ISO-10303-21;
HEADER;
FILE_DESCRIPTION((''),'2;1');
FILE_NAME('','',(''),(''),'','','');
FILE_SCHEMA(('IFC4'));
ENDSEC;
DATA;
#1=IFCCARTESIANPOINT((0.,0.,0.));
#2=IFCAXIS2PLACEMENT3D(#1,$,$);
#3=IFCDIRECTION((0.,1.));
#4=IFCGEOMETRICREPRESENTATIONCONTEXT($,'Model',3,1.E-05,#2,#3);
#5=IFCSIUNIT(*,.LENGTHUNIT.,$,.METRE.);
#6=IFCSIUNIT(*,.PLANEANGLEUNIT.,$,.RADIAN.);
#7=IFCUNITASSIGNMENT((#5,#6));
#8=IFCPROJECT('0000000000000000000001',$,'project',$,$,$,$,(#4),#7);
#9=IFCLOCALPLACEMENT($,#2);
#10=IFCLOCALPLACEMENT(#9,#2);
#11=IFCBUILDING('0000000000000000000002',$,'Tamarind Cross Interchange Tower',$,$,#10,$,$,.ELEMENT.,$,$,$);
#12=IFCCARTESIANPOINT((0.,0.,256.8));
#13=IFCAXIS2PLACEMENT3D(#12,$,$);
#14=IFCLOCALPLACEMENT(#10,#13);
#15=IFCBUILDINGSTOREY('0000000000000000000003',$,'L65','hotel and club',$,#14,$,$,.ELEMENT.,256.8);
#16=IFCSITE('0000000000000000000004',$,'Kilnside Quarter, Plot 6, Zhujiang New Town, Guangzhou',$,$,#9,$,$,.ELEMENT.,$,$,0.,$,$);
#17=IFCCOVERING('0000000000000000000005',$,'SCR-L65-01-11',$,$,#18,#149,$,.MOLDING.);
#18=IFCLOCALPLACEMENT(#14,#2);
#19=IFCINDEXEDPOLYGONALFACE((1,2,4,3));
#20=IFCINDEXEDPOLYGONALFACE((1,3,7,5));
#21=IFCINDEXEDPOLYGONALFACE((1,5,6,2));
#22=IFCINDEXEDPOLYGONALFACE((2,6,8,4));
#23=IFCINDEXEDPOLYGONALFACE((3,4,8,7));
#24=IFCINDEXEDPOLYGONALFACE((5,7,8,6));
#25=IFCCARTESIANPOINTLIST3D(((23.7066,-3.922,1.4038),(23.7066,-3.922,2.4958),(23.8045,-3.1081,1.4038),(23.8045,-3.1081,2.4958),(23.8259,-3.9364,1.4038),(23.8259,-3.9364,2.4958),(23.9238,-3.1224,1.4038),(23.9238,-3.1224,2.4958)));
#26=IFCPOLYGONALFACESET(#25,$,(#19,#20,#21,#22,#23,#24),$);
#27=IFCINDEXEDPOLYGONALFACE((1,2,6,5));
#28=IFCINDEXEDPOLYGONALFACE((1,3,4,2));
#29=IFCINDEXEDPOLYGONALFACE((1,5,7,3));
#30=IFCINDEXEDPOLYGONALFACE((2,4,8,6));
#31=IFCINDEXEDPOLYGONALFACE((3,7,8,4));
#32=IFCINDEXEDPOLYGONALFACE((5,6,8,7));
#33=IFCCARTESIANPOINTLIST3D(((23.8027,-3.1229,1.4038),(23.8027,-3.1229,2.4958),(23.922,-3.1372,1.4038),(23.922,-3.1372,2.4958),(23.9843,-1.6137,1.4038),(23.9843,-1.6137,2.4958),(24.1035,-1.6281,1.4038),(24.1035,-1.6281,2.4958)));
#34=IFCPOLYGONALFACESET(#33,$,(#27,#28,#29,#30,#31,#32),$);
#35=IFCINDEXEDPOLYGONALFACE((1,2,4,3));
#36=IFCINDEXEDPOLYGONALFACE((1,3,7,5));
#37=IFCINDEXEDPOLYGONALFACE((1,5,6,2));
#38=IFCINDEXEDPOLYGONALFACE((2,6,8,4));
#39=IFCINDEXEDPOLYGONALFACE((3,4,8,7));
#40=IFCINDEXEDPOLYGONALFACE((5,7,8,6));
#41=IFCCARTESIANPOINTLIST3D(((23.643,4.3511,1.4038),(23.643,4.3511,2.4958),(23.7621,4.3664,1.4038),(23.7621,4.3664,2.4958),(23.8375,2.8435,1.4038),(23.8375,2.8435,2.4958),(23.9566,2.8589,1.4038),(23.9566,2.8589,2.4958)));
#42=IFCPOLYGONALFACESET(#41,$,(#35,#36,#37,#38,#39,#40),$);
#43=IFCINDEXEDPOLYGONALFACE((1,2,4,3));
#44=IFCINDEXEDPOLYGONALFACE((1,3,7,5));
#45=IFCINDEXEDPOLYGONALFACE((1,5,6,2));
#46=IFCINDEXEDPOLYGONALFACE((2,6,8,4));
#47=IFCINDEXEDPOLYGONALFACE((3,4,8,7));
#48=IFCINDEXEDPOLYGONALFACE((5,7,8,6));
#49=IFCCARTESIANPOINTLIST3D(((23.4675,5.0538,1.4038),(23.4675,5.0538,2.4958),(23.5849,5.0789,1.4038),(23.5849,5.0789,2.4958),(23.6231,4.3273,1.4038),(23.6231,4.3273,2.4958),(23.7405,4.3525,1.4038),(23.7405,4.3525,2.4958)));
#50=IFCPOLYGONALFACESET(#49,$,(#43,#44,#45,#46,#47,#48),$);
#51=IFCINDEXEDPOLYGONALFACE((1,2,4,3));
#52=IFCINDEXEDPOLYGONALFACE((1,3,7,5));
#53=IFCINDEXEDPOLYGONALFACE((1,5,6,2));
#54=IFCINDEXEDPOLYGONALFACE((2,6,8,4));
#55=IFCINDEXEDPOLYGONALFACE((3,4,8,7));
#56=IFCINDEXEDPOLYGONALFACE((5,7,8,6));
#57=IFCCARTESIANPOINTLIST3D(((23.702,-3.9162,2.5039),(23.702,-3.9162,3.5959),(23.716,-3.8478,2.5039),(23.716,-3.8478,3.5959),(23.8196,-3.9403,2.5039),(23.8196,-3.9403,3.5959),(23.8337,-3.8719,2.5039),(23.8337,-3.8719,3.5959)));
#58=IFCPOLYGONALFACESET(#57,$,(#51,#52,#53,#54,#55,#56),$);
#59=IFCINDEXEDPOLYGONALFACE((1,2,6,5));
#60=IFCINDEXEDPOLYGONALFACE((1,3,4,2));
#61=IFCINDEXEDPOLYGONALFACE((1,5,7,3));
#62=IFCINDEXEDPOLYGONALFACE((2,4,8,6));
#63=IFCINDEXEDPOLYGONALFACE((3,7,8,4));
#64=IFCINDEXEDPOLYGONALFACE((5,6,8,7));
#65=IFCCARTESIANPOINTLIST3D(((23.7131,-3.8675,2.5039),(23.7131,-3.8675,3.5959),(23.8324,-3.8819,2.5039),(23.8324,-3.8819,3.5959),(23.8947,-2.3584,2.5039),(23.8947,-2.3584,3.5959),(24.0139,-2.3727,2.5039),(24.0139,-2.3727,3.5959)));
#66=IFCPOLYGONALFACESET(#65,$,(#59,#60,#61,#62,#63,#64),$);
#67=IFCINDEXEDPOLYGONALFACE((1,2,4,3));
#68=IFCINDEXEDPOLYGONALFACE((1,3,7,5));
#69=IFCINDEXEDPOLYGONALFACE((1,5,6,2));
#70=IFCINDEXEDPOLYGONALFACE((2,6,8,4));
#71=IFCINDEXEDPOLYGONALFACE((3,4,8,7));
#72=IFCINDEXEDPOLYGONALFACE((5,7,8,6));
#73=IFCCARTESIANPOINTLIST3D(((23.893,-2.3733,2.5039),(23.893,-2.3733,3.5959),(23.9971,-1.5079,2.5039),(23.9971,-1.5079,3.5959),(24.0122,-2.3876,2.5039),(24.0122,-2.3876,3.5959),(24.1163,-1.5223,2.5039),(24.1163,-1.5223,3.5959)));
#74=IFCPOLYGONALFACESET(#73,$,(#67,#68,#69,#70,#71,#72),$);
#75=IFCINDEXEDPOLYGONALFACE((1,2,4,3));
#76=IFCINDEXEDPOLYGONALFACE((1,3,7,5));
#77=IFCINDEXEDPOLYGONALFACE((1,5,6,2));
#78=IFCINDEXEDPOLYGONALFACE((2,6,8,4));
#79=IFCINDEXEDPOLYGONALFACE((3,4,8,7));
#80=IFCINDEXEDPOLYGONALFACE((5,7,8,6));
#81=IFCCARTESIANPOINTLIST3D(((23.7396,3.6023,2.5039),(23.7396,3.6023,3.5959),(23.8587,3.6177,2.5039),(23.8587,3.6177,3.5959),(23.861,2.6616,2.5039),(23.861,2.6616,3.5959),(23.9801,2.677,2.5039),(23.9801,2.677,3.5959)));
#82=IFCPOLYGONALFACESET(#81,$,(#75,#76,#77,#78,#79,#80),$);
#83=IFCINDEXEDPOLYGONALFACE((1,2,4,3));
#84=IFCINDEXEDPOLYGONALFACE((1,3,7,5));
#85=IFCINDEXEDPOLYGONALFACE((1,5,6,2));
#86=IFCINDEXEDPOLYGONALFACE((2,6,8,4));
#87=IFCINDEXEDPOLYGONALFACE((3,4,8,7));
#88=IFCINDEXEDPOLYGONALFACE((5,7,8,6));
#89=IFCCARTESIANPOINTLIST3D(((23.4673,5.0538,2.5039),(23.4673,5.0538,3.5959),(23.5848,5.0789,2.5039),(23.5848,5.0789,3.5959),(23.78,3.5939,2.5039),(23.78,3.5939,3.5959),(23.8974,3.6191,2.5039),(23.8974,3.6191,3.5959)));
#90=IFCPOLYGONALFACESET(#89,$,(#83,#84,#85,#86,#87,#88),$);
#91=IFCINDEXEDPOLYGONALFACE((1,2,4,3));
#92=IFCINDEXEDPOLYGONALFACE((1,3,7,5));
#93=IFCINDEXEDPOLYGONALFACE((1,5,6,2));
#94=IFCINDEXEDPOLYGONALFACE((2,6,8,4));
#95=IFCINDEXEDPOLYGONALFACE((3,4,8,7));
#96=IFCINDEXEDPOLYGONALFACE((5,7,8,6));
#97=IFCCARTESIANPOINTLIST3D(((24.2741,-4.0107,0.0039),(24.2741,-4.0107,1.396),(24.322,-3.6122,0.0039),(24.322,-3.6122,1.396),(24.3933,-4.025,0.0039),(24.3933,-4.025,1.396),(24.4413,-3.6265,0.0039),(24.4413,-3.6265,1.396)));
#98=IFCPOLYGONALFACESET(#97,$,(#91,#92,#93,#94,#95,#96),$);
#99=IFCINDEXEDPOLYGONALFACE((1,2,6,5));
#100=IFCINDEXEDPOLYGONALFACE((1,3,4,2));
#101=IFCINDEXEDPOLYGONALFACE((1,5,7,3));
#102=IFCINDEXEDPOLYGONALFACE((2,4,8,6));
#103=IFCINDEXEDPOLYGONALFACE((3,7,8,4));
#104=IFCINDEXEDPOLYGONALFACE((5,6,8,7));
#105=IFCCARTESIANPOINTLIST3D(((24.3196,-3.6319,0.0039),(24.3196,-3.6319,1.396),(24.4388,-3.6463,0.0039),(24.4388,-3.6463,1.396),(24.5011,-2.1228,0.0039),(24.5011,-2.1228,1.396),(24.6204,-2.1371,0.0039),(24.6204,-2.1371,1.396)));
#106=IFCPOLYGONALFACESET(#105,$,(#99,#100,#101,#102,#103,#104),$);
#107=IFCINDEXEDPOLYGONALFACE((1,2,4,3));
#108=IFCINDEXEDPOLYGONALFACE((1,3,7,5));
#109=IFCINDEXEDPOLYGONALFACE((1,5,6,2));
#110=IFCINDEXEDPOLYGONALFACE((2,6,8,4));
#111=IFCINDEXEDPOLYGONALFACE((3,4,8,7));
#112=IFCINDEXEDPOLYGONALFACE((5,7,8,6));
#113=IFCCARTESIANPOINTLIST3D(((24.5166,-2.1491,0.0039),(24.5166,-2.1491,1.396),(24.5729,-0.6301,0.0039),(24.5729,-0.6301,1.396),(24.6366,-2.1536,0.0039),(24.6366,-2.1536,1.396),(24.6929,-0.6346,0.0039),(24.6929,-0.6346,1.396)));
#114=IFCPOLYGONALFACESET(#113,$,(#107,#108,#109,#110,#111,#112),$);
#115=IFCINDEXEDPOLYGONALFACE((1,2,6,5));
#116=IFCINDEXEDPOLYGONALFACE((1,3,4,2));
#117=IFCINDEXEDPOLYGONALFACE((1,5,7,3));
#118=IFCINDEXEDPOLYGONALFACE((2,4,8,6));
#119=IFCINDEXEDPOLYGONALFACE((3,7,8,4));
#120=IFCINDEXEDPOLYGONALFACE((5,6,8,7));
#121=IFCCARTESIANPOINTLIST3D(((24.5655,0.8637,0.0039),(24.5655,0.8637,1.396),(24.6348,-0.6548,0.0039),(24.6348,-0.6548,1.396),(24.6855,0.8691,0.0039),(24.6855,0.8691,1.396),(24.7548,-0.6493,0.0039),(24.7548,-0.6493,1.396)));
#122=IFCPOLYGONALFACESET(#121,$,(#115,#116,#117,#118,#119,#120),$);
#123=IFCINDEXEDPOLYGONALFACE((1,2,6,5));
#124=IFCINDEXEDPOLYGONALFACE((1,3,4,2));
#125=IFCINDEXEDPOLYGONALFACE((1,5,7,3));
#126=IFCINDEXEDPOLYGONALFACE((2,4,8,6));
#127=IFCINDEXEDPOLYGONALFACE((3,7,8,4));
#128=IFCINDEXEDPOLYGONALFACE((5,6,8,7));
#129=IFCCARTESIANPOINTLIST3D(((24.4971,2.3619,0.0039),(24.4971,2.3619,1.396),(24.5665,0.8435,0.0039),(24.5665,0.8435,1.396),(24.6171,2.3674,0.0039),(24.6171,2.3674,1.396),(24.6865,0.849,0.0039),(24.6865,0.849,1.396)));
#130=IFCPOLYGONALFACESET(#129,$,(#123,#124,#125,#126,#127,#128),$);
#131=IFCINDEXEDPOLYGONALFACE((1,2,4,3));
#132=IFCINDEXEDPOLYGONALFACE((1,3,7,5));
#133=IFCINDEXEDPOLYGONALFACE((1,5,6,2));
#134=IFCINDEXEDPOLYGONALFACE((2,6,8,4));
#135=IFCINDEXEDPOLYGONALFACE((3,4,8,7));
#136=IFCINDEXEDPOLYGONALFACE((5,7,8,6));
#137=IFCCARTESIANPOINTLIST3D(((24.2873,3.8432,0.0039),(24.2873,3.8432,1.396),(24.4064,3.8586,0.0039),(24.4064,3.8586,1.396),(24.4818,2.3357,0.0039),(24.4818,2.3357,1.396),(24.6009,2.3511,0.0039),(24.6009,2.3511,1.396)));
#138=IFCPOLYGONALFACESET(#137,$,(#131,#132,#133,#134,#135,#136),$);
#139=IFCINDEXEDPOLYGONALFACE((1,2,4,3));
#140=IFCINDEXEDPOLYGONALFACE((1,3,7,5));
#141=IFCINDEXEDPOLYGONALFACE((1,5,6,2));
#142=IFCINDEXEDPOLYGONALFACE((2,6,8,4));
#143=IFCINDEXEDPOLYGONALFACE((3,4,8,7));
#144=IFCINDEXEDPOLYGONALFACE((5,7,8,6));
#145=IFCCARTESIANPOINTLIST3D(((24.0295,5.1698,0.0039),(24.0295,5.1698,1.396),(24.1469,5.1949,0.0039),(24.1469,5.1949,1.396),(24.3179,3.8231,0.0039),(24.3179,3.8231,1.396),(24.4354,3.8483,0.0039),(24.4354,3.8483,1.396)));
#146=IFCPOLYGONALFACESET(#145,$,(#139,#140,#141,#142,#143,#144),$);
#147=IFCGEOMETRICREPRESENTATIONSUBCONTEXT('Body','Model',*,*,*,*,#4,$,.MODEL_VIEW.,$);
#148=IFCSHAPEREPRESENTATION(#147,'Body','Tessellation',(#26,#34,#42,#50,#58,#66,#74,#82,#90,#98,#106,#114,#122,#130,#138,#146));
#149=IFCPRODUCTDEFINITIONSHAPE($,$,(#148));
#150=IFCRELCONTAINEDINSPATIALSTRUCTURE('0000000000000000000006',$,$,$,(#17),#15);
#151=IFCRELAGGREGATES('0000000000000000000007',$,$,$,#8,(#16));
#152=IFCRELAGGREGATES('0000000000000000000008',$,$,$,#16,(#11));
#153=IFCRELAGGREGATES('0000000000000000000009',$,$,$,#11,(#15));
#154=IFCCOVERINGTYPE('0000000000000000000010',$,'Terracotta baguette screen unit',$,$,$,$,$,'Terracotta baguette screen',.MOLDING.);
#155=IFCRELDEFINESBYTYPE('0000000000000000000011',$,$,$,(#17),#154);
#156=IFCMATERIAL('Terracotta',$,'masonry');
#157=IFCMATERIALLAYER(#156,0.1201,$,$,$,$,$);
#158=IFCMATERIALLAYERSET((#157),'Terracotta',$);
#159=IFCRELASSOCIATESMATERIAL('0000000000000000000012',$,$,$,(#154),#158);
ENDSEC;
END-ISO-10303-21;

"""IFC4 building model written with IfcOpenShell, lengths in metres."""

from ifc_helpers import new_model, si_unit, direction, frame, origin, origin_2d, place, context, subcontext, project, spatial, rectangle, extrude, material, layer, layer_set, type_object, element, save


model = new_model("IFC4")

# Units and contexts
model_context = context("Model", 3, precision=1e-05, world=origin(), true_north=direction((0.0, 1.0)))
body_context = subcontext(model_context, "Body", "Model", "MODEL_VIEW")
ifc_project = project(units=[si_unit("LENGTHUNIT", "METRE"), si_unit("PLANEANGLEUNIT", "RADIAN")], contexts=[model_context])

# Site, building, storey
site_placement = place(None, origin())
site = spatial("IfcSite", under=ifc_project, at=site_placement, Name="Kilnside Quarter, Plot 6, Zhujiang New Town, Guangzhou", CompositionType="ELEMENT", RefElevation=0.0)
building_placement = place(site_placement, origin())
building = spatial("IfcBuilding", under=site, at=building_placement, Name="Tamarind Cross Interchange Tower", CompositionType="ELEMENT")
storey_placement = place(building_placement, frame((0.0, 0.0, 256.8)))
storey = spatial("IfcBuildingStorey", under=building, at=storey_placement, Name="L65", Description="hotel and club", CompositionType="ELEMENT", Elevation=256.8)

# Covering
ifc_material_1 = material(Name="Terracotta", Category="masonry")
ifc_layer_1 = layer(ifc_material_1, 0.1201)
ifc_layer_set_1 = layer_set([ifc_layer_1], Name="Terracotta")
covering_type = type_object("IfcCoveringType", Name="Terracotta baguette screen unit", ElementType="Terracotta baguette screen", PredefinedType="MOLDING", material=ifc_layer_set_1)
covering_1_placement = place(storey_placement, origin())
element("IfcCovering", 1, at=covering_1_placement, inside=storey, type_object=covering_type, Name="SCR-L65-01-11", PredefinedType="MOLDING", context=body_context, shape_type="SweptSolid", body=[
    extrude(rectangle(XDim=0.8198, YDim=0.1201, at=origin_2d()), frame((23.8152, -3.5222, 1.4038), z_axis=(0.0, 0.0, 1.0), x_axis=(0.119421, 0.992844, 0.0)), (0.0, 0.0, 1.0), 1.092),
    extrude(rectangle(XDim=1.52, YDim=0.1201, at=origin_2d()), frame((23.9531, -2.3755, 1.4038), z_axis=(0.0, 0.0, 1.0), x_axis=(0.119421, 0.992844, 0.0)), (0.0, 0.0, 1.0), 1.092),
    extrude(rectangle(XDim=1.52, YDim=0.1201, at=origin_2d()), frame((23.7998, 3.605, 1.4038), z_axis=(0.0, 0.0, 1.0), x_axis=(-0.127962, 0.991779, 0.0)), (0.0, 0.0, 1.0), 1.092),
    extrude(rectangle(XDim=0.7429, YDim=0.1201, at=origin_2d()), frame((23.604, 4.7031, 1.4038), z_axis=(0.0, 0.0, 1.0), x_axis=(-0.209425, 0.977825, 0.0)), (0.0, 0.0, 1.0), 1.092),
    extrude(rectangle(XDim=0.0698, YDim=0.1201, at=origin_2d()), frame((23.7678, -3.894, 2.5039), z_axis=(0.0, 0.0, 1.0), x_axis=(0.201001, 0.979591, 0.0)), (0.0, 0.0, 1.0), 1.092),
    extrude(rectangle(XDim=1.52, YDim=0.1201, at=origin_2d()), frame((23.8635, -3.1201, 2.5039), z_axis=(0.0, 0.0, 1.0), x_axis=(0.119421, 0.992844, 0.0)), (0.0, 0.0, 1.0), 1.092),
    extrude(rectangle(XDim=0.8716, YDim=0.1201, at=origin_2d()), frame((24.0046, -1.9478, 2.5039), z_axis=(0.0, 0.0, 1.0), x_axis=(0.119421, 0.992844, 0.0)), (0.0, 0.0, 1.0), 1.092),
    extrude(rectangle(XDim=0.9485, YDim=0.1201, at=origin_2d()), frame((23.8599, 3.1396, 2.5039), z_axis=(0.0, 0.0, 1.0), x_axis=(-0.127962, 0.991779, 0.0)), (0.0, 0.0, 1.0), 1.092),
    extrude(rectangle(XDim=1.4929, YDim=0.1201, at=origin_2d()), frame((23.6824, 4.3364, 2.5039), z_axis=(0.0, 0.0, 1.0), x_axis=(-0.209425, 0.977825, 0.0)), (0.0, 0.0, 1.0), 1.092),
    extrude(rectangle(XDim=0.4014, YDim=0.1201, at=origin_2d()), frame((24.3577, -3.8186, 0.0039), z_axis=(0.0, 0.0, 1.0), x_axis=(0.119421, 0.992844, 0.0)), (0.0, 0.0, 1.0), 1.3921),
    extrude(rectangle(XDim=1.52, YDim=0.1201, at=origin_2d()), frame((24.47, -2.8845, 0.0039), z_axis=(0.0, 0.0, 1.0), x_axis=(0.119421, 0.992844, 0.0)), (0.0, 0.0, 1.0), 1.3921),
    extrude(rectangle(XDim=1.52, YDim=0.1201, at=origin_2d()), frame((24.6047, -1.3918, 0.0039), z_axis=(0.0, 0.0, 1.0), x_axis=(0.037025, 0.999314, 0.0)), (0.0, 0.0, 1.0), 1.3921),
    extrude(rectangle(XDim=1.52, YDim=0.1201, at=origin_2d()), frame((24.6602, 0.1072, 0.0039), z_axis=(0.0, 0.0, 1.0), x_axis=(-0.045624, 0.998959, 0.0)), (0.0, 0.0, 1.0), 1.3921),
    extrude(rectangle(XDim=1.52, YDim=0.1201, at=origin_2d()), frame((24.5918, 1.6055, 0.0039), z_axis=(0.0, 0.0, 1.0), x_axis=(-0.045624, 0.998959, 0.0)), (0.0, 0.0, 1.0), 1.3921),
    extrude(rectangle(XDim=1.52, YDim=0.1201, at=origin_2d()), frame((24.4441, 3.0972, 0.0039), z_axis=(0.0, 0.0, 1.0), x_axis=(-0.127962, 0.991779, 0.0)), (0.0, 0.0, 1.0), 1.3921),
    extrude(rectangle(XDim=1.3772, YDim=0.1201, at=origin_2d()), frame((24.2324, 4.509, 0.0039), z_axis=(0.0, 0.0, 1.0), x_axis=(-0.209425, 0.977825, 0.0)), (0.0, 0.0, 1.0), 1.3921),
])

save(model, "model.ifc")
